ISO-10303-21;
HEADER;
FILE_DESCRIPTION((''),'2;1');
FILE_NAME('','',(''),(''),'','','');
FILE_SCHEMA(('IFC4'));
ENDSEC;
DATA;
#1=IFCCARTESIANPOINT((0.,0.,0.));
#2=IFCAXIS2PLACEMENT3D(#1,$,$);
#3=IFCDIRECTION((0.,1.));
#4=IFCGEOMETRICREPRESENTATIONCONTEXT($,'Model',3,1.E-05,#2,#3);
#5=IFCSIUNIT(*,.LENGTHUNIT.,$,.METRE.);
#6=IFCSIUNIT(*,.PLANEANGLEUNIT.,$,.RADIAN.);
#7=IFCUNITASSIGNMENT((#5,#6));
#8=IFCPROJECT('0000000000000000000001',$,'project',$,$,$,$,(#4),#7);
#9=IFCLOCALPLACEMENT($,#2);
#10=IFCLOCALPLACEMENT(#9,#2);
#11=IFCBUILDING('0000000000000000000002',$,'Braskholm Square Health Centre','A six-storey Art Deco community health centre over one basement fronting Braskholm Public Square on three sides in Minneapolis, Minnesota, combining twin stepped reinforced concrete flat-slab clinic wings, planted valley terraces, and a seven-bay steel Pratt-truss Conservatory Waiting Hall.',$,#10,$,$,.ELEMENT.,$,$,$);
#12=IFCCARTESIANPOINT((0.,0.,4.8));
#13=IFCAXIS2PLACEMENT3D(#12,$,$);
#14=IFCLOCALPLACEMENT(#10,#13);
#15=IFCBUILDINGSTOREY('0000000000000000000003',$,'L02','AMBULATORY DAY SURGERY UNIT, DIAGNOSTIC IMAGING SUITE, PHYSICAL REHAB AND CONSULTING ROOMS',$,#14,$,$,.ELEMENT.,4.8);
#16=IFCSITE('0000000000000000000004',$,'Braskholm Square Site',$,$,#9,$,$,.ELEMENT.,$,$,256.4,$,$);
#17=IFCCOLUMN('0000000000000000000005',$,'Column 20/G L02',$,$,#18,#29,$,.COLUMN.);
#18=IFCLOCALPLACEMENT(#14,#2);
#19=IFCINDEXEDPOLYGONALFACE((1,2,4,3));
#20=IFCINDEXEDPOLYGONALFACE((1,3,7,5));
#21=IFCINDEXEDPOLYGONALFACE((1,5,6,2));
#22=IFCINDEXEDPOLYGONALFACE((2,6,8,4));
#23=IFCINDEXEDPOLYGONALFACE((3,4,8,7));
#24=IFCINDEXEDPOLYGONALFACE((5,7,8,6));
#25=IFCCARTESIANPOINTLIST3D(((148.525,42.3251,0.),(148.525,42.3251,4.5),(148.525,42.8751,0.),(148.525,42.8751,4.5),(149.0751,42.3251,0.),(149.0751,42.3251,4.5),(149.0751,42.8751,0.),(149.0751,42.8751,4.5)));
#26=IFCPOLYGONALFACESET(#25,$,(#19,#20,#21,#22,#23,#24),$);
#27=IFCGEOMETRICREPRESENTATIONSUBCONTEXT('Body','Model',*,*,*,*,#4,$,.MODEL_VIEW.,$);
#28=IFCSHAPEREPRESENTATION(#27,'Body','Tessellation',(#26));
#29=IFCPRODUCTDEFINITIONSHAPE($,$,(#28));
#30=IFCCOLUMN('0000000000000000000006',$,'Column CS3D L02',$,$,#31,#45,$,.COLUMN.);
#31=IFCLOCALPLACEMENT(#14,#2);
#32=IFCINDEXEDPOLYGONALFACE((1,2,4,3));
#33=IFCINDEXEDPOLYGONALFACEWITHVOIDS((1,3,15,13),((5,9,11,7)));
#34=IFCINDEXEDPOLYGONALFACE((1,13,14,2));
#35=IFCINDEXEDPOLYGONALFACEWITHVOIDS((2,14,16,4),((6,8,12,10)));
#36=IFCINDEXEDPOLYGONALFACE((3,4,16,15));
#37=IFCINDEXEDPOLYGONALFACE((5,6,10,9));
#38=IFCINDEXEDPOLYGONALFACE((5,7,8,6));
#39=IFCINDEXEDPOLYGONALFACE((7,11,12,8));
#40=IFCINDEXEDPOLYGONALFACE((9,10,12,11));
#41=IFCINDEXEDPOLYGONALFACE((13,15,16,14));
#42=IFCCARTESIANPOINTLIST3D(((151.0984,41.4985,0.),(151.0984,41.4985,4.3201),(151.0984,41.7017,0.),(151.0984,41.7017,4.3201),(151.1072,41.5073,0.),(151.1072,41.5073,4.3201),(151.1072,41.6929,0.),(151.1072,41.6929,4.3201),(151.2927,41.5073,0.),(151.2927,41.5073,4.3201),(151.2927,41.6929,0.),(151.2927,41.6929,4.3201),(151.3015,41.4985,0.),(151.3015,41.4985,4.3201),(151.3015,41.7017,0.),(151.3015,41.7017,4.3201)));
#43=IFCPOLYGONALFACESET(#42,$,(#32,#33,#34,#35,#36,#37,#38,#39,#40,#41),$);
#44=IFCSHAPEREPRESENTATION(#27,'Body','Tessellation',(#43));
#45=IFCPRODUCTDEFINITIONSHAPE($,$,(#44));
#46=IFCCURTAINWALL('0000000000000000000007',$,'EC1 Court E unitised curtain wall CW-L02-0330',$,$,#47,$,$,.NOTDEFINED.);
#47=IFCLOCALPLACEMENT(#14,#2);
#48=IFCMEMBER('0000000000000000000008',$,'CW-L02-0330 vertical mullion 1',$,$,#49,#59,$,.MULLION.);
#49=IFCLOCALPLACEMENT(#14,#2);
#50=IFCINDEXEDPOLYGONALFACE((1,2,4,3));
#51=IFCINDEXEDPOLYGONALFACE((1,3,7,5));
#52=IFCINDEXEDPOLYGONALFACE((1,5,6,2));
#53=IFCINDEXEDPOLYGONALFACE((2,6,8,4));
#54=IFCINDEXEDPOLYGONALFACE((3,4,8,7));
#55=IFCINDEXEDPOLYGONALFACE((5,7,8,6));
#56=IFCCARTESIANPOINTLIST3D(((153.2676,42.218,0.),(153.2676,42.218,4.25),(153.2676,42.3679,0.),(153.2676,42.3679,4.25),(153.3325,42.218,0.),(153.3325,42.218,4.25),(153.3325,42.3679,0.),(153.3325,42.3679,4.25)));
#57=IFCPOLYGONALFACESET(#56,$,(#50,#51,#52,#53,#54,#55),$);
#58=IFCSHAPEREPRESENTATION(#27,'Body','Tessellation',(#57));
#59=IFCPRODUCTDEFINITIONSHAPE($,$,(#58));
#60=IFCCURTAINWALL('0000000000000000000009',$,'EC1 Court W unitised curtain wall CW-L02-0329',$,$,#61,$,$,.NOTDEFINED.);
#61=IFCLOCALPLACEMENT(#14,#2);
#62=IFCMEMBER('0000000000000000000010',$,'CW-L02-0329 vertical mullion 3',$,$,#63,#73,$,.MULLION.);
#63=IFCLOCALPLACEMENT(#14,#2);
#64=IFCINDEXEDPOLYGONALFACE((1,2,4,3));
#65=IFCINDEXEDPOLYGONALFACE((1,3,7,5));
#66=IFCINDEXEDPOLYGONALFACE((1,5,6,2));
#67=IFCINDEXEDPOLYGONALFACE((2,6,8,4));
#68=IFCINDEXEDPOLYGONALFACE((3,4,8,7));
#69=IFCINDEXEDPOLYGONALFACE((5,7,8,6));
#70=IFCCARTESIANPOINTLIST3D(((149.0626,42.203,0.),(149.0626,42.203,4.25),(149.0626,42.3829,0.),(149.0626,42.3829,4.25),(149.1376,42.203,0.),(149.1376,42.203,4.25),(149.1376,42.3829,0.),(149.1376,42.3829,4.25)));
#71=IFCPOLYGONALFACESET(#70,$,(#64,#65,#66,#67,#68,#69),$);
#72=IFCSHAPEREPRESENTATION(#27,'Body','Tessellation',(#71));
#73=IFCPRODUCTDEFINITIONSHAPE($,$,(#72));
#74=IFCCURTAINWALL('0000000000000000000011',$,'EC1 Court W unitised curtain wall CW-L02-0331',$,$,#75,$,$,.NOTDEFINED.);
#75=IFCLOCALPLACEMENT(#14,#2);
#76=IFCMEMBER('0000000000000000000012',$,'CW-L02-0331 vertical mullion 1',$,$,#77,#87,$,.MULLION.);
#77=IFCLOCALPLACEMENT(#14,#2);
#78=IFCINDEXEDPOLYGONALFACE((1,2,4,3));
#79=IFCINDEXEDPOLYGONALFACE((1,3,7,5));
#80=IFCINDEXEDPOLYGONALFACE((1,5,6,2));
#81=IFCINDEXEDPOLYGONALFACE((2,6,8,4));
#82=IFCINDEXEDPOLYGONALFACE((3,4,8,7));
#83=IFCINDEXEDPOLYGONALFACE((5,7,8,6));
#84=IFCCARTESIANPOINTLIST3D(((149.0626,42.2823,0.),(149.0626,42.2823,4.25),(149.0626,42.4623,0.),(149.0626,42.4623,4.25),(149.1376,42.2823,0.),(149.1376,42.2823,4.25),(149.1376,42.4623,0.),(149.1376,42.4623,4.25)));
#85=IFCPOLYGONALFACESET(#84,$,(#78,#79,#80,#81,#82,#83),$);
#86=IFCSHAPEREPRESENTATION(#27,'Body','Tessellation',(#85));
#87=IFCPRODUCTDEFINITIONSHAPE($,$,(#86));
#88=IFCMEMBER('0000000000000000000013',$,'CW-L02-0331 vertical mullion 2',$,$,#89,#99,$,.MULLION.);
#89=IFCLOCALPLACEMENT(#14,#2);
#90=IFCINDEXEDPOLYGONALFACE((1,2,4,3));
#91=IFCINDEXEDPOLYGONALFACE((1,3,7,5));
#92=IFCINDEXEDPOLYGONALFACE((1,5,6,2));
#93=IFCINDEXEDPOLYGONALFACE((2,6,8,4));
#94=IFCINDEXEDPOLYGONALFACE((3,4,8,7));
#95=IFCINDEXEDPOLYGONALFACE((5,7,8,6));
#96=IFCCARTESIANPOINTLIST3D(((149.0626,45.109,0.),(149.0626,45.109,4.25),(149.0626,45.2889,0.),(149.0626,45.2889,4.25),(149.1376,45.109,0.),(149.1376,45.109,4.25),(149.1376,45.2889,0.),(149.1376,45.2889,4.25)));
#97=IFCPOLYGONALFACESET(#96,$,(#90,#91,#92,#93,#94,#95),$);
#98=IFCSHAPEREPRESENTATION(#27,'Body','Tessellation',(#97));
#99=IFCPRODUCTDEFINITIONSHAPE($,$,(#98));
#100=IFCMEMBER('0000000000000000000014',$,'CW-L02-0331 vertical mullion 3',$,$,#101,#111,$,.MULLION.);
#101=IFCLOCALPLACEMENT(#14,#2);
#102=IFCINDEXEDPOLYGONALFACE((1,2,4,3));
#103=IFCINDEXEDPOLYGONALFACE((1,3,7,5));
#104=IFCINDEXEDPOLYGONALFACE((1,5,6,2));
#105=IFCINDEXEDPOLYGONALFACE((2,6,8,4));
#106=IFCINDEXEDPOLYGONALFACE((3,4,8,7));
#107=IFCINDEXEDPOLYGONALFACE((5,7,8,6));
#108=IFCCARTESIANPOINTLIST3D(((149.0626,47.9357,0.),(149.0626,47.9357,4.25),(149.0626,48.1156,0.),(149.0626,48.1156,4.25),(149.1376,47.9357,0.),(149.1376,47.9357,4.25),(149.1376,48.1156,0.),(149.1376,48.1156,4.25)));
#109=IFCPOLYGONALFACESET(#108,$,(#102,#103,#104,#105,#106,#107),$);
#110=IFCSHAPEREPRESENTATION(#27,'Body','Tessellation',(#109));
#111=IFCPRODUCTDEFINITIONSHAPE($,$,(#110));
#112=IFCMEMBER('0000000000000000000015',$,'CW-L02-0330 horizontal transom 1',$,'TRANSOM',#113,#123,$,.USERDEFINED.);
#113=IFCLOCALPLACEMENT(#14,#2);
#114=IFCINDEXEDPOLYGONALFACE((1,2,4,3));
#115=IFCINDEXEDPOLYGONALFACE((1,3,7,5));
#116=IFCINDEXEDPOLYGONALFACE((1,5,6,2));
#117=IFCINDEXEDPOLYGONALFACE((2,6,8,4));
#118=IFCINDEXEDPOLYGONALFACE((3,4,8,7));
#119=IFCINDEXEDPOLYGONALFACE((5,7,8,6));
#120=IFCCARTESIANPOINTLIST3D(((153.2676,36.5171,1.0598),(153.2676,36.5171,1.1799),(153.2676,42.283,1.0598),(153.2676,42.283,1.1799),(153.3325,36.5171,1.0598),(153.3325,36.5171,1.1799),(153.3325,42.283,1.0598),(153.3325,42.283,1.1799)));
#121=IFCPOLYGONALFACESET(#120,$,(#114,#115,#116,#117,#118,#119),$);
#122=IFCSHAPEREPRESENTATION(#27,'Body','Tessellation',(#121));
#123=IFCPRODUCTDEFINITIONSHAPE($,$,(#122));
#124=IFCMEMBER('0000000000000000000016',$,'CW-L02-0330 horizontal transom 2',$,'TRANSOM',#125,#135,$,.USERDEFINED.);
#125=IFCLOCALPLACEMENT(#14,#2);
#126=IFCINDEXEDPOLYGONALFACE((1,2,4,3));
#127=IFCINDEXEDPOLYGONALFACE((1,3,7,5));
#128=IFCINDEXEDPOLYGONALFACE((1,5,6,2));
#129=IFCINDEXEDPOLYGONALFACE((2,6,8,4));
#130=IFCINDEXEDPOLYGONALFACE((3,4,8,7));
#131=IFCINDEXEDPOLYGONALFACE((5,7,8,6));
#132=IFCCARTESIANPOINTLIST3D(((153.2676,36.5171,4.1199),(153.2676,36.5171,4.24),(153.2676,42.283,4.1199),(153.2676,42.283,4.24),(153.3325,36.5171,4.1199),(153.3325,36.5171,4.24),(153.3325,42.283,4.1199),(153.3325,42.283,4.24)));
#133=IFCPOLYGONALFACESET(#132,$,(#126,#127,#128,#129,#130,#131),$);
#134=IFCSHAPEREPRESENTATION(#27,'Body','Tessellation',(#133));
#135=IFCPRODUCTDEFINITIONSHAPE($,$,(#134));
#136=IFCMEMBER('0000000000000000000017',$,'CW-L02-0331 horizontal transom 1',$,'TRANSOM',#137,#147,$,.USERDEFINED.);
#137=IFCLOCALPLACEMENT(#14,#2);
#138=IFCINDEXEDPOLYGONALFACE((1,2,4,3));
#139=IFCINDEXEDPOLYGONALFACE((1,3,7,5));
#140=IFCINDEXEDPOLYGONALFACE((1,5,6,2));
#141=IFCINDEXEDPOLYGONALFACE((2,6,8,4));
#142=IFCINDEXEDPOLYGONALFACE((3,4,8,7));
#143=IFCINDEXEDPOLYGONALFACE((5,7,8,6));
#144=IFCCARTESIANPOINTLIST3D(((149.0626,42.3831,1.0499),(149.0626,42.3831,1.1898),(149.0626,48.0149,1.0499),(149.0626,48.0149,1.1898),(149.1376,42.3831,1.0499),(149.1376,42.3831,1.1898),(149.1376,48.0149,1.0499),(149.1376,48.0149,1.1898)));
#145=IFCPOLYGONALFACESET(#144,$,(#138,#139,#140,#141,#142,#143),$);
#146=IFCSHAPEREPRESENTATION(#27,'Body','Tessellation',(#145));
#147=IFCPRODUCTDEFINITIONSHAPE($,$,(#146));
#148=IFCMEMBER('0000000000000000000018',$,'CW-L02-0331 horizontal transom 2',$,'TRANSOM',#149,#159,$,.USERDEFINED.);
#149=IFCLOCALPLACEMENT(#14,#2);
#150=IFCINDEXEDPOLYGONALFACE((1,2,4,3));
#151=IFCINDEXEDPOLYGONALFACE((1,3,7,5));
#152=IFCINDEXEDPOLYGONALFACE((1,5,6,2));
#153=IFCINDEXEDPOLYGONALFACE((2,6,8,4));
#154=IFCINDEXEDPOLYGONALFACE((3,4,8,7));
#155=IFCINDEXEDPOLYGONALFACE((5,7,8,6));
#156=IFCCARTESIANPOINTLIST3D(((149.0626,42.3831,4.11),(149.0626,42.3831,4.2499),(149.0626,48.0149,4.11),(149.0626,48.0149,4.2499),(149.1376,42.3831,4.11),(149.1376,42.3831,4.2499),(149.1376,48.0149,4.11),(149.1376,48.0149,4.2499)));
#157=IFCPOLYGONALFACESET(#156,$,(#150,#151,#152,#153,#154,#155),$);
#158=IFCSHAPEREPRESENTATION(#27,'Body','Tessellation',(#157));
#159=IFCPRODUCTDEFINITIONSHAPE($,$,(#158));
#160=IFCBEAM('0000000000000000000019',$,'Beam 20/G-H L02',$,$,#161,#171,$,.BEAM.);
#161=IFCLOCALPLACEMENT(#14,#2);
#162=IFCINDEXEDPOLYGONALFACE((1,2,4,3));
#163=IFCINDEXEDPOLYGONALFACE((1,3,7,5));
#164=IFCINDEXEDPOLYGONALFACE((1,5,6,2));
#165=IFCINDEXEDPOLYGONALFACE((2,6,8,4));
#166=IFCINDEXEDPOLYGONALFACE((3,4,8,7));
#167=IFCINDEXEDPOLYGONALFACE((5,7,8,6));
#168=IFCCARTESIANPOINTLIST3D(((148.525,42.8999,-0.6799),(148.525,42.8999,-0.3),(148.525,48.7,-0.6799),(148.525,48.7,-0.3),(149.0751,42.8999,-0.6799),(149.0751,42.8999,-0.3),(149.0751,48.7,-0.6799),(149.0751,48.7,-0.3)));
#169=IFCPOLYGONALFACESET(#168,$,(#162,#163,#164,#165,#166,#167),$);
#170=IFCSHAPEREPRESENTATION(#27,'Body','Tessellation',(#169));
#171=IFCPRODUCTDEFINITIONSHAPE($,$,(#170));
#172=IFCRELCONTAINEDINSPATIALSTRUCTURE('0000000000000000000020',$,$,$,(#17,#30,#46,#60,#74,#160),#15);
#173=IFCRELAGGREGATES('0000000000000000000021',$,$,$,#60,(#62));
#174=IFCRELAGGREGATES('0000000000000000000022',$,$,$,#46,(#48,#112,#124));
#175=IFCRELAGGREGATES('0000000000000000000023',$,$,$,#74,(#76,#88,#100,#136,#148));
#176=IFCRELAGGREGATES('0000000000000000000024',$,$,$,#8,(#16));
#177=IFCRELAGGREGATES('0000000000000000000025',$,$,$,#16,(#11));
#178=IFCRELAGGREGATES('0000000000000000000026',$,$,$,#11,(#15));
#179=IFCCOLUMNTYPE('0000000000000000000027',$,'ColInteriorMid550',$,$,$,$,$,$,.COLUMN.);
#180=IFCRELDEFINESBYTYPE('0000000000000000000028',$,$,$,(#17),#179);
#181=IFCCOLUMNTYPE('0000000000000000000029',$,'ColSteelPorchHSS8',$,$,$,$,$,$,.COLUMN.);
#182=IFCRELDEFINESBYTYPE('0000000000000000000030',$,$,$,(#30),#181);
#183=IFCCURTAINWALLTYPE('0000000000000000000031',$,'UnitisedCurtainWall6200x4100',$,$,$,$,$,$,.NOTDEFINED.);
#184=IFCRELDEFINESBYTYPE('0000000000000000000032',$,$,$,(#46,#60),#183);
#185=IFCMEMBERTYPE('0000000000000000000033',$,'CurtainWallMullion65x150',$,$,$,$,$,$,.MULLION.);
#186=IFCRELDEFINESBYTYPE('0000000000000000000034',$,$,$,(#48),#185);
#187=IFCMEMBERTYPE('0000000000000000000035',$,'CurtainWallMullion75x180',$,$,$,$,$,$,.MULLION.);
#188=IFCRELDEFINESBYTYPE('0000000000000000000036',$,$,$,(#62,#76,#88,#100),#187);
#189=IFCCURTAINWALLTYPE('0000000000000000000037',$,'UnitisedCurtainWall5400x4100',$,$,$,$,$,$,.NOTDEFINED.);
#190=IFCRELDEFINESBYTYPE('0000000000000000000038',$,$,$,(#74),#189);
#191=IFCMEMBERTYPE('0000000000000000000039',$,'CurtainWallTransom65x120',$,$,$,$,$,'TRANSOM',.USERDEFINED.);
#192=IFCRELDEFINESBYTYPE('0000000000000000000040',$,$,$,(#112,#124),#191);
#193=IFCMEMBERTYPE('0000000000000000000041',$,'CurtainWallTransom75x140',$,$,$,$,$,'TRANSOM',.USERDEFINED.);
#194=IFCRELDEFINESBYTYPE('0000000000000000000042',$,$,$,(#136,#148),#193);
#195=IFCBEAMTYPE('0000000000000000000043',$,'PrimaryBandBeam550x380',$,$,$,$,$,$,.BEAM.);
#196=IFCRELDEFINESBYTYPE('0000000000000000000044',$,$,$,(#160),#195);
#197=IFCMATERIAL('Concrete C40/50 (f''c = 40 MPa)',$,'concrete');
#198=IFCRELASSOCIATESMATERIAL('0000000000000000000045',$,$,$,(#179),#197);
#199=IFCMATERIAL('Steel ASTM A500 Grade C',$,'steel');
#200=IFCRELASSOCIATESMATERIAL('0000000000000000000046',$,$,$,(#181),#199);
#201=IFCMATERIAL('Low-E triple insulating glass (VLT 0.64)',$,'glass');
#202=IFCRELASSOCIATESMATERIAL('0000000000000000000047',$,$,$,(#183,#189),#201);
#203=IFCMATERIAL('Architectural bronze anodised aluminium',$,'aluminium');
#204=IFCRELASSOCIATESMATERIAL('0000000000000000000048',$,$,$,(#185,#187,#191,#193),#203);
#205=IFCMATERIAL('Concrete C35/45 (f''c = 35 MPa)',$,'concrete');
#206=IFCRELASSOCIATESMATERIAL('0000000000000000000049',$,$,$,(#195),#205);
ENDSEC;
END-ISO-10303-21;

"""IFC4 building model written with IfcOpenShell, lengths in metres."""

from ifc_helpers import new_model, si_unit, direction, frame, origin, origin_2d, place, context, subcontext, project, spatial, rectangle, hollow_rectangle, extrude, material, material_profile, profile_set, type_object, element, aggregate, save


model = new_model("IFC4")

# Units and contexts
model_context = context("Model", 3, precision=1e-05, world=origin(), true_north=direction((0.0, 1.0)))
body_context = subcontext(model_context, "Body", "Model", "MODEL_VIEW")
ifc_project = project(units=[si_unit("LENGTHUNIT", "METRE"), si_unit("PLANEANGLEUNIT", "RADIAN")], contexts=[model_context])

# Site, building, storey
site_placement = place(None, origin())
site = spatial("IfcSite", under=ifc_project, at=site_placement, Name="Braskholm Square Site", CompositionType="ELEMENT", RefElevation=256.4)
building_placement = place(site_placement, origin())
building = spatial("IfcBuilding", under=site, at=building_placement, Name="Braskholm Square Health Centre", Description="A six-storey Art Deco community health centre over one basement fronting Braskholm Public Square on three sides in Minneapolis, Minnesota, combining twin stepped reinforced concrete flat-slab clinic wings, planted valley terraces, and a seven-bay steel Pratt-truss Conservatory Waiting Hall.", CompositionType="ELEMENT")
storey_placement = place(building_placement, frame((0.0, 0.0, 4.8)))
storey = spatial("IfcBuildingStorey", under=building, at=storey_placement, Name="L02", Description="AMBULATORY DAY SURGERY UNIT, DIAGNOSTIC IMAGING SUITE, PHYSICAL REHAB AND CONSULTING ROOMS", CompositionType="ELEMENT", Elevation=4.8)

# Columns
ifc_material_1 = material(Name="Concrete C40/50 (f'c = 40 MPa)", Category="concrete")
ifc_material_profile_1 = material_profile(ifc_material_1, rectangle(XDim=0.55, YDim=0.55, at=origin_2d()), Name="RC-550X550")
ifc_profile_set_1 = profile_set([ifc_material_profile_1], Name="Concrete C40/50 (f'c = 40 MPa)")
column_type_1 = type_object("IfcColumnType", Name="ColInteriorMid550", PredefinedType="COLUMN", material=ifc_profile_set_1)
column_1_placement = place(storey_placement, frame((148.8, 42.6001, 0.0), z_axis=(0.0, 0.0, 1.0), x_axis=(1.0, 0.0, 0.0)))
element("IfcColumn", 1, at=column_1_placement, inside=storey, type_object=column_type_1, Name="Column 20/G L02", PredefinedType="COLUMN", context=body_context, shape_type="SweptSolid", body=[
    extrude(rectangle(XDim=0.55, YDim=0.55, at=origin_2d()), origin(), (0.0, 0.0, 1.0), 4.5),
])
ifc_material_2 = material(Name="Steel ASTM A500 Grade C", Category="steel")
ifc_material_profile_2 = material_profile(ifc_material_2, hollow_rectangle(XDim=0.2031, YDim=0.2031, WallThickness=0.0088, at=origin_2d()), Name="HSS8X8X3/8")
ifc_profile_set_2 = profile_set([ifc_material_profile_2], Name="Steel ASTM A500 Grade C")
column_type_2 = type_object("IfcColumnType", Name="ColSteelPorchHSS8", PredefinedType="COLUMN", material=ifc_profile_set_2)
column_2_placement = place(storey_placement, frame((151.2, 41.6001, 0.0), z_axis=(0.0, 0.0, 1.0), x_axis=(1.0, 0.0, 0.0)))
element("IfcColumn", 2, at=column_2_placement, inside=storey, type_object=column_type_2, Name="Column CS3D L02", PredefinedType="COLUMN", context=body_context, shape_type="SweptSolid", body=[
    extrude(hollow_rectangle(XDim=0.2031, YDim=0.2031, WallThickness=0.0088, at=origin_2d()), origin(), (0.0, 0.0, 1.0), 4.3201),
])

# Curtain walls, members
ifc_material_3 = material(Name="Low-E triple insulating glass (VLT 0.64)", Category="glass")
curtain_wall_type_1 = type_object("IfcCurtainWallType", Name="UnitisedCurtainWall6200x4100", PredefinedType="NOTDEFINED", material=ifc_material_3)
curtain_wall_1_placement = place(storey_placement, origin())
curtain_wall_1 = element("IfcCurtainWall", 3, at=curtain_wall_1_placement, inside=storey, type_object=curtain_wall_type_1, Name="EC1 Court E unitised curtain wall CW-L02-0330", PredefinedType="NOTDEFINED")
ifc_material_4 = material(Name="Architectural bronze anodised aluminium", Category="aluminium")
ifc_material_profile_3 = material_profile(ifc_material_4, rectangle(XDim=0.0649, YDim=0.1499, at=origin_2d()), Name="ALU-65X150")
ifc_profile_set_3 = profile_set([ifc_material_profile_3], Name="Architectural bronze anodised aluminium")
member_type_1 = type_object("IfcMemberType", Name="CurtainWallMullion65x150", PredefinedType="MULLION", material=ifc_profile_set_3)
member_1_placement = place(storey_placement, frame((153.3, 42.293, 0.0), z_axis=(0.0, 0.0, 1.0), x_axis=(1.0, 0.0, 0.0)))
member_1 = element("IfcMember", 4, at=member_1_placement, type_object=member_type_1, Name="CW-L02-0330 vertical mullion 1", PredefinedType="MULLION", context=body_context, shape_type="SweptSolid", body=[
    extrude(rectangle(XDim=0.0649, YDim=0.1499, at=origin_2d()), origin(), (0.0, 0.0, 1.0), 4.25),
])
curtain_wall_2_placement = place(storey_placement, origin())
curtain_wall_2 = element("IfcCurtainWall", 5, at=curtain_wall_2_placement, inside=storey, type_object=curtain_wall_type_1, Name="EC1 Court W unitised curtain wall CW-L02-0329", PredefinedType="NOTDEFINED")
ifc_material_profile_4 = material_profile(ifc_material_4, rectangle(XDim=0.075, YDim=0.1799, at=origin_2d()), Name="ALU-75X180")
ifc_profile_set_4 = profile_set([ifc_material_profile_4], Name="Architectural bronze anodised aluminium")
member_type_2 = type_object("IfcMemberType", Name="CurtainWallMullion75x180", PredefinedType="MULLION", material=ifc_profile_set_4)
member_2_placement = place(storey_placement, frame((149.1001, 42.293, 0.0), z_axis=(0.0, 0.0, 1.0), x_axis=(1.0, 0.0, 0.0)))
member_2 = element("IfcMember", 6, at=member_2_placement, type_object=member_type_2, Name="CW-L02-0329 vertical mullion 3", PredefinedType="MULLION", context=body_context, shape_type="SweptSolid", body=[
    extrude(rectangle(XDim=0.075, YDim=0.1799, at=origin_2d()), origin(), (0.0, 0.0, 1.0), 4.25),
])
aggregate(curtain_wall_2, [member_2])

# Curtain wall, members
curtain_wall_type_2 = type_object("IfcCurtainWallType", Name="UnitisedCurtainWall5400x4100", PredefinedType="NOTDEFINED", material=ifc_material_3)
curtain_wall_3_placement = place(storey_placement, origin())
curtain_wall_3 = element("IfcCurtainWall", 7, at=curtain_wall_3_placement, inside=storey, type_object=curtain_wall_type_2, Name="EC1 Court W unitised curtain wall CW-L02-0331", PredefinedType="NOTDEFINED")
member_3_placement = place(storey_placement, frame((149.1001, 42.3723, 0.0), z_axis=(0.0, 0.0, 1.0), x_axis=(1.0, 0.0, 0.0)))
member_3 = element("IfcMember", 8, at=member_3_placement, type_object=member_type_2, Name="CW-L02-0331 vertical mullion 1", PredefinedType="MULLION", context=body_context, shape_type="SweptSolid", body=[
    extrude(rectangle(XDim=0.075, YDim=0.1799, at=origin_2d()), origin(), (0.0, 0.0, 1.0), 4.25),
])
member_4_placement = place(storey_placement, frame((149.1001, 45.199, 0.0), z_axis=(0.0, 0.0, 1.0), x_axis=(1.0, 0.0, 0.0)))
member_4 = element("IfcMember", 9, at=member_4_placement, type_object=member_type_2, Name="CW-L02-0331 vertical mullion 2", PredefinedType="MULLION", context=body_context, shape_type="SweptSolid", body=[
    extrude(rectangle(XDim=0.075, YDim=0.1799, at=origin_2d()), origin(), (0.0, 0.0, 1.0), 4.25),
])
member_5_placement = place(storey_placement, frame((149.1001, 48.0256, 0.0), z_axis=(0.0, 0.0, 1.0), x_axis=(1.0, 0.0, 0.0)))
member_5 = element("IfcMember", 10, at=member_5_placement, type_object=member_type_2, Name="CW-L02-0331 vertical mullion 3", PredefinedType="MULLION", context=body_context, shape_type="SweptSolid", body=[
    extrude(rectangle(XDim=0.075, YDim=0.1799, at=origin_2d()), origin(), (0.0, 0.0, 1.0), 4.25),
])

# Members
ifc_material_profile_5 = material_profile(ifc_material_4, rectangle(XDim=0.0649, YDim=0.1201, at=origin_2d()), Name="ALU-65X120")
ifc_profile_set_5 = profile_set([ifc_material_profile_5], Name="Architectural bronze anodised aluminium")
member_type_3 = type_object("IfcMemberType", Name="CurtainWallTransom65x120", ElementType="TRANSOM", PredefinedType="USERDEFINED", material=ifc_profile_set_5)
member_6_placement = place(storey_placement, frame((153.3, 42.283, 1.1199), z_axis=(0.0, -1.0, 0.0), x_axis=(1.0, 0.0, 0.0)))
member_6 = element("IfcMember", 11, at=member_6_placement, type_object=member_type_3, Name="CW-L02-0330 horizontal transom 1", ObjectType="TRANSOM", PredefinedType="USERDEFINED", context=body_context, shape_type="SweptSolid", body=[
    extrude(rectangle(XDim=0.0649, YDim=0.1201, at=origin_2d()), origin(), (0.0, 0.0, 1.0), 5.7659),
])
member_7_placement = place(storey_placement, frame((153.3, 42.283, 4.1799), z_axis=(0.0, -1.0, 0.0), x_axis=(1.0, 0.0, 0.0)))
member_7 = element("IfcMember", 12, at=member_7_placement, type_object=member_type_3, Name="CW-L02-0330 horizontal transom 2", ObjectType="TRANSOM", PredefinedType="USERDEFINED", context=body_context, shape_type="SweptSolid", body=[
    extrude(rectangle(XDim=0.0649, YDim=0.1201, at=origin_2d()), origin(), (0.0, 0.0, 1.0), 5.7659),
])
aggregate(curtain_wall_1, [member_1, member_6, member_7])
ifc_material_profile_6 = material_profile(ifc_material_4, rectangle(XDim=0.075, YDim=0.1399, at=origin_2d()), Name="ALU-75X140")
ifc_profile_set_6 = profile_set([ifc_material_profile_6], Name="Architectural bronze anodised aluminium")
member_type_4 = type_object("IfcMemberType", Name="CurtainWallTransom75x140", ElementType="TRANSOM", PredefinedType="USERDEFINED", material=ifc_profile_set_6)
member_8_placement = place(storey_placement, frame((149.1001, 42.3831, 1.1199), z_axis=(0.0, 1.0, 0.0), x_axis=(-1.0, 0.0, 0.0)))
member_8 = element("IfcMember", 13, at=member_8_placement, type_object=member_type_4, Name="CW-L02-0331 horizontal transom 1", ObjectType="TRANSOM", PredefinedType="USERDEFINED", context=body_context, shape_type="SweptSolid", body=[
    extrude(rectangle(XDim=0.075, YDim=0.1399, at=origin_2d()), origin(), (0.0, 0.0, 1.0), 5.6318),
])
member_9_placement = place(storey_placement, frame((149.1001, 42.3831, 4.1799), z_axis=(0.0, 1.0, 0.0), x_axis=(-1.0, 0.0, 0.0)))
member_9 = element("IfcMember", 14, at=member_9_placement, type_object=member_type_4, Name="CW-L02-0331 horizontal transom 2", ObjectType="TRANSOM", PredefinedType="USERDEFINED", context=body_context, shape_type="SweptSolid", body=[
    extrude(rectangle(XDim=0.075, YDim=0.1399, at=origin_2d()), origin(), (0.0, 0.0, 1.0), 5.6318),
])

# Beam
ifc_material_5 = material(Name="Concrete C35/45 (f'c = 35 MPa)", Category="concrete")
ifc_material_profile_7 = material_profile(ifc_material_5, rectangle(XDim=0.55, YDim=0.3799, at=origin_2d()), Name="RCB-550X380")
ifc_profile_set_7 = profile_set([ifc_material_profile_7], Name="Concrete C35/45 (f'c = 35 MPa)")
beam_type_1 = type_object("IfcBeamType", Name="PrimaryBandBeam550x380", PredefinedType="BEAM", material=ifc_profile_set_7)
beam_1_placement = place(storey_placement, frame((148.8, 42.8999, -0.49), z_axis=(0.0, 1.0, 0.0), x_axis=(-1.0, 0.0, 0.0)))
element("IfcBeam", 15, at=beam_1_placement, inside=storey, type_object=beam_type_1, Name="Beam 20/G-H L02", PredefinedType="BEAM", context=body_context, shape_type="SweptSolid", body=[
    extrude(rectangle(XDim=0.55, YDim=0.3799, at=origin_2d()), origin(), (0.0, 0.0, 1.0), 5.8),
])

aggregate(curtain_wall_3, [member_3, member_4, member_5, member_8, member_9])

save(model, "model.ifc")
